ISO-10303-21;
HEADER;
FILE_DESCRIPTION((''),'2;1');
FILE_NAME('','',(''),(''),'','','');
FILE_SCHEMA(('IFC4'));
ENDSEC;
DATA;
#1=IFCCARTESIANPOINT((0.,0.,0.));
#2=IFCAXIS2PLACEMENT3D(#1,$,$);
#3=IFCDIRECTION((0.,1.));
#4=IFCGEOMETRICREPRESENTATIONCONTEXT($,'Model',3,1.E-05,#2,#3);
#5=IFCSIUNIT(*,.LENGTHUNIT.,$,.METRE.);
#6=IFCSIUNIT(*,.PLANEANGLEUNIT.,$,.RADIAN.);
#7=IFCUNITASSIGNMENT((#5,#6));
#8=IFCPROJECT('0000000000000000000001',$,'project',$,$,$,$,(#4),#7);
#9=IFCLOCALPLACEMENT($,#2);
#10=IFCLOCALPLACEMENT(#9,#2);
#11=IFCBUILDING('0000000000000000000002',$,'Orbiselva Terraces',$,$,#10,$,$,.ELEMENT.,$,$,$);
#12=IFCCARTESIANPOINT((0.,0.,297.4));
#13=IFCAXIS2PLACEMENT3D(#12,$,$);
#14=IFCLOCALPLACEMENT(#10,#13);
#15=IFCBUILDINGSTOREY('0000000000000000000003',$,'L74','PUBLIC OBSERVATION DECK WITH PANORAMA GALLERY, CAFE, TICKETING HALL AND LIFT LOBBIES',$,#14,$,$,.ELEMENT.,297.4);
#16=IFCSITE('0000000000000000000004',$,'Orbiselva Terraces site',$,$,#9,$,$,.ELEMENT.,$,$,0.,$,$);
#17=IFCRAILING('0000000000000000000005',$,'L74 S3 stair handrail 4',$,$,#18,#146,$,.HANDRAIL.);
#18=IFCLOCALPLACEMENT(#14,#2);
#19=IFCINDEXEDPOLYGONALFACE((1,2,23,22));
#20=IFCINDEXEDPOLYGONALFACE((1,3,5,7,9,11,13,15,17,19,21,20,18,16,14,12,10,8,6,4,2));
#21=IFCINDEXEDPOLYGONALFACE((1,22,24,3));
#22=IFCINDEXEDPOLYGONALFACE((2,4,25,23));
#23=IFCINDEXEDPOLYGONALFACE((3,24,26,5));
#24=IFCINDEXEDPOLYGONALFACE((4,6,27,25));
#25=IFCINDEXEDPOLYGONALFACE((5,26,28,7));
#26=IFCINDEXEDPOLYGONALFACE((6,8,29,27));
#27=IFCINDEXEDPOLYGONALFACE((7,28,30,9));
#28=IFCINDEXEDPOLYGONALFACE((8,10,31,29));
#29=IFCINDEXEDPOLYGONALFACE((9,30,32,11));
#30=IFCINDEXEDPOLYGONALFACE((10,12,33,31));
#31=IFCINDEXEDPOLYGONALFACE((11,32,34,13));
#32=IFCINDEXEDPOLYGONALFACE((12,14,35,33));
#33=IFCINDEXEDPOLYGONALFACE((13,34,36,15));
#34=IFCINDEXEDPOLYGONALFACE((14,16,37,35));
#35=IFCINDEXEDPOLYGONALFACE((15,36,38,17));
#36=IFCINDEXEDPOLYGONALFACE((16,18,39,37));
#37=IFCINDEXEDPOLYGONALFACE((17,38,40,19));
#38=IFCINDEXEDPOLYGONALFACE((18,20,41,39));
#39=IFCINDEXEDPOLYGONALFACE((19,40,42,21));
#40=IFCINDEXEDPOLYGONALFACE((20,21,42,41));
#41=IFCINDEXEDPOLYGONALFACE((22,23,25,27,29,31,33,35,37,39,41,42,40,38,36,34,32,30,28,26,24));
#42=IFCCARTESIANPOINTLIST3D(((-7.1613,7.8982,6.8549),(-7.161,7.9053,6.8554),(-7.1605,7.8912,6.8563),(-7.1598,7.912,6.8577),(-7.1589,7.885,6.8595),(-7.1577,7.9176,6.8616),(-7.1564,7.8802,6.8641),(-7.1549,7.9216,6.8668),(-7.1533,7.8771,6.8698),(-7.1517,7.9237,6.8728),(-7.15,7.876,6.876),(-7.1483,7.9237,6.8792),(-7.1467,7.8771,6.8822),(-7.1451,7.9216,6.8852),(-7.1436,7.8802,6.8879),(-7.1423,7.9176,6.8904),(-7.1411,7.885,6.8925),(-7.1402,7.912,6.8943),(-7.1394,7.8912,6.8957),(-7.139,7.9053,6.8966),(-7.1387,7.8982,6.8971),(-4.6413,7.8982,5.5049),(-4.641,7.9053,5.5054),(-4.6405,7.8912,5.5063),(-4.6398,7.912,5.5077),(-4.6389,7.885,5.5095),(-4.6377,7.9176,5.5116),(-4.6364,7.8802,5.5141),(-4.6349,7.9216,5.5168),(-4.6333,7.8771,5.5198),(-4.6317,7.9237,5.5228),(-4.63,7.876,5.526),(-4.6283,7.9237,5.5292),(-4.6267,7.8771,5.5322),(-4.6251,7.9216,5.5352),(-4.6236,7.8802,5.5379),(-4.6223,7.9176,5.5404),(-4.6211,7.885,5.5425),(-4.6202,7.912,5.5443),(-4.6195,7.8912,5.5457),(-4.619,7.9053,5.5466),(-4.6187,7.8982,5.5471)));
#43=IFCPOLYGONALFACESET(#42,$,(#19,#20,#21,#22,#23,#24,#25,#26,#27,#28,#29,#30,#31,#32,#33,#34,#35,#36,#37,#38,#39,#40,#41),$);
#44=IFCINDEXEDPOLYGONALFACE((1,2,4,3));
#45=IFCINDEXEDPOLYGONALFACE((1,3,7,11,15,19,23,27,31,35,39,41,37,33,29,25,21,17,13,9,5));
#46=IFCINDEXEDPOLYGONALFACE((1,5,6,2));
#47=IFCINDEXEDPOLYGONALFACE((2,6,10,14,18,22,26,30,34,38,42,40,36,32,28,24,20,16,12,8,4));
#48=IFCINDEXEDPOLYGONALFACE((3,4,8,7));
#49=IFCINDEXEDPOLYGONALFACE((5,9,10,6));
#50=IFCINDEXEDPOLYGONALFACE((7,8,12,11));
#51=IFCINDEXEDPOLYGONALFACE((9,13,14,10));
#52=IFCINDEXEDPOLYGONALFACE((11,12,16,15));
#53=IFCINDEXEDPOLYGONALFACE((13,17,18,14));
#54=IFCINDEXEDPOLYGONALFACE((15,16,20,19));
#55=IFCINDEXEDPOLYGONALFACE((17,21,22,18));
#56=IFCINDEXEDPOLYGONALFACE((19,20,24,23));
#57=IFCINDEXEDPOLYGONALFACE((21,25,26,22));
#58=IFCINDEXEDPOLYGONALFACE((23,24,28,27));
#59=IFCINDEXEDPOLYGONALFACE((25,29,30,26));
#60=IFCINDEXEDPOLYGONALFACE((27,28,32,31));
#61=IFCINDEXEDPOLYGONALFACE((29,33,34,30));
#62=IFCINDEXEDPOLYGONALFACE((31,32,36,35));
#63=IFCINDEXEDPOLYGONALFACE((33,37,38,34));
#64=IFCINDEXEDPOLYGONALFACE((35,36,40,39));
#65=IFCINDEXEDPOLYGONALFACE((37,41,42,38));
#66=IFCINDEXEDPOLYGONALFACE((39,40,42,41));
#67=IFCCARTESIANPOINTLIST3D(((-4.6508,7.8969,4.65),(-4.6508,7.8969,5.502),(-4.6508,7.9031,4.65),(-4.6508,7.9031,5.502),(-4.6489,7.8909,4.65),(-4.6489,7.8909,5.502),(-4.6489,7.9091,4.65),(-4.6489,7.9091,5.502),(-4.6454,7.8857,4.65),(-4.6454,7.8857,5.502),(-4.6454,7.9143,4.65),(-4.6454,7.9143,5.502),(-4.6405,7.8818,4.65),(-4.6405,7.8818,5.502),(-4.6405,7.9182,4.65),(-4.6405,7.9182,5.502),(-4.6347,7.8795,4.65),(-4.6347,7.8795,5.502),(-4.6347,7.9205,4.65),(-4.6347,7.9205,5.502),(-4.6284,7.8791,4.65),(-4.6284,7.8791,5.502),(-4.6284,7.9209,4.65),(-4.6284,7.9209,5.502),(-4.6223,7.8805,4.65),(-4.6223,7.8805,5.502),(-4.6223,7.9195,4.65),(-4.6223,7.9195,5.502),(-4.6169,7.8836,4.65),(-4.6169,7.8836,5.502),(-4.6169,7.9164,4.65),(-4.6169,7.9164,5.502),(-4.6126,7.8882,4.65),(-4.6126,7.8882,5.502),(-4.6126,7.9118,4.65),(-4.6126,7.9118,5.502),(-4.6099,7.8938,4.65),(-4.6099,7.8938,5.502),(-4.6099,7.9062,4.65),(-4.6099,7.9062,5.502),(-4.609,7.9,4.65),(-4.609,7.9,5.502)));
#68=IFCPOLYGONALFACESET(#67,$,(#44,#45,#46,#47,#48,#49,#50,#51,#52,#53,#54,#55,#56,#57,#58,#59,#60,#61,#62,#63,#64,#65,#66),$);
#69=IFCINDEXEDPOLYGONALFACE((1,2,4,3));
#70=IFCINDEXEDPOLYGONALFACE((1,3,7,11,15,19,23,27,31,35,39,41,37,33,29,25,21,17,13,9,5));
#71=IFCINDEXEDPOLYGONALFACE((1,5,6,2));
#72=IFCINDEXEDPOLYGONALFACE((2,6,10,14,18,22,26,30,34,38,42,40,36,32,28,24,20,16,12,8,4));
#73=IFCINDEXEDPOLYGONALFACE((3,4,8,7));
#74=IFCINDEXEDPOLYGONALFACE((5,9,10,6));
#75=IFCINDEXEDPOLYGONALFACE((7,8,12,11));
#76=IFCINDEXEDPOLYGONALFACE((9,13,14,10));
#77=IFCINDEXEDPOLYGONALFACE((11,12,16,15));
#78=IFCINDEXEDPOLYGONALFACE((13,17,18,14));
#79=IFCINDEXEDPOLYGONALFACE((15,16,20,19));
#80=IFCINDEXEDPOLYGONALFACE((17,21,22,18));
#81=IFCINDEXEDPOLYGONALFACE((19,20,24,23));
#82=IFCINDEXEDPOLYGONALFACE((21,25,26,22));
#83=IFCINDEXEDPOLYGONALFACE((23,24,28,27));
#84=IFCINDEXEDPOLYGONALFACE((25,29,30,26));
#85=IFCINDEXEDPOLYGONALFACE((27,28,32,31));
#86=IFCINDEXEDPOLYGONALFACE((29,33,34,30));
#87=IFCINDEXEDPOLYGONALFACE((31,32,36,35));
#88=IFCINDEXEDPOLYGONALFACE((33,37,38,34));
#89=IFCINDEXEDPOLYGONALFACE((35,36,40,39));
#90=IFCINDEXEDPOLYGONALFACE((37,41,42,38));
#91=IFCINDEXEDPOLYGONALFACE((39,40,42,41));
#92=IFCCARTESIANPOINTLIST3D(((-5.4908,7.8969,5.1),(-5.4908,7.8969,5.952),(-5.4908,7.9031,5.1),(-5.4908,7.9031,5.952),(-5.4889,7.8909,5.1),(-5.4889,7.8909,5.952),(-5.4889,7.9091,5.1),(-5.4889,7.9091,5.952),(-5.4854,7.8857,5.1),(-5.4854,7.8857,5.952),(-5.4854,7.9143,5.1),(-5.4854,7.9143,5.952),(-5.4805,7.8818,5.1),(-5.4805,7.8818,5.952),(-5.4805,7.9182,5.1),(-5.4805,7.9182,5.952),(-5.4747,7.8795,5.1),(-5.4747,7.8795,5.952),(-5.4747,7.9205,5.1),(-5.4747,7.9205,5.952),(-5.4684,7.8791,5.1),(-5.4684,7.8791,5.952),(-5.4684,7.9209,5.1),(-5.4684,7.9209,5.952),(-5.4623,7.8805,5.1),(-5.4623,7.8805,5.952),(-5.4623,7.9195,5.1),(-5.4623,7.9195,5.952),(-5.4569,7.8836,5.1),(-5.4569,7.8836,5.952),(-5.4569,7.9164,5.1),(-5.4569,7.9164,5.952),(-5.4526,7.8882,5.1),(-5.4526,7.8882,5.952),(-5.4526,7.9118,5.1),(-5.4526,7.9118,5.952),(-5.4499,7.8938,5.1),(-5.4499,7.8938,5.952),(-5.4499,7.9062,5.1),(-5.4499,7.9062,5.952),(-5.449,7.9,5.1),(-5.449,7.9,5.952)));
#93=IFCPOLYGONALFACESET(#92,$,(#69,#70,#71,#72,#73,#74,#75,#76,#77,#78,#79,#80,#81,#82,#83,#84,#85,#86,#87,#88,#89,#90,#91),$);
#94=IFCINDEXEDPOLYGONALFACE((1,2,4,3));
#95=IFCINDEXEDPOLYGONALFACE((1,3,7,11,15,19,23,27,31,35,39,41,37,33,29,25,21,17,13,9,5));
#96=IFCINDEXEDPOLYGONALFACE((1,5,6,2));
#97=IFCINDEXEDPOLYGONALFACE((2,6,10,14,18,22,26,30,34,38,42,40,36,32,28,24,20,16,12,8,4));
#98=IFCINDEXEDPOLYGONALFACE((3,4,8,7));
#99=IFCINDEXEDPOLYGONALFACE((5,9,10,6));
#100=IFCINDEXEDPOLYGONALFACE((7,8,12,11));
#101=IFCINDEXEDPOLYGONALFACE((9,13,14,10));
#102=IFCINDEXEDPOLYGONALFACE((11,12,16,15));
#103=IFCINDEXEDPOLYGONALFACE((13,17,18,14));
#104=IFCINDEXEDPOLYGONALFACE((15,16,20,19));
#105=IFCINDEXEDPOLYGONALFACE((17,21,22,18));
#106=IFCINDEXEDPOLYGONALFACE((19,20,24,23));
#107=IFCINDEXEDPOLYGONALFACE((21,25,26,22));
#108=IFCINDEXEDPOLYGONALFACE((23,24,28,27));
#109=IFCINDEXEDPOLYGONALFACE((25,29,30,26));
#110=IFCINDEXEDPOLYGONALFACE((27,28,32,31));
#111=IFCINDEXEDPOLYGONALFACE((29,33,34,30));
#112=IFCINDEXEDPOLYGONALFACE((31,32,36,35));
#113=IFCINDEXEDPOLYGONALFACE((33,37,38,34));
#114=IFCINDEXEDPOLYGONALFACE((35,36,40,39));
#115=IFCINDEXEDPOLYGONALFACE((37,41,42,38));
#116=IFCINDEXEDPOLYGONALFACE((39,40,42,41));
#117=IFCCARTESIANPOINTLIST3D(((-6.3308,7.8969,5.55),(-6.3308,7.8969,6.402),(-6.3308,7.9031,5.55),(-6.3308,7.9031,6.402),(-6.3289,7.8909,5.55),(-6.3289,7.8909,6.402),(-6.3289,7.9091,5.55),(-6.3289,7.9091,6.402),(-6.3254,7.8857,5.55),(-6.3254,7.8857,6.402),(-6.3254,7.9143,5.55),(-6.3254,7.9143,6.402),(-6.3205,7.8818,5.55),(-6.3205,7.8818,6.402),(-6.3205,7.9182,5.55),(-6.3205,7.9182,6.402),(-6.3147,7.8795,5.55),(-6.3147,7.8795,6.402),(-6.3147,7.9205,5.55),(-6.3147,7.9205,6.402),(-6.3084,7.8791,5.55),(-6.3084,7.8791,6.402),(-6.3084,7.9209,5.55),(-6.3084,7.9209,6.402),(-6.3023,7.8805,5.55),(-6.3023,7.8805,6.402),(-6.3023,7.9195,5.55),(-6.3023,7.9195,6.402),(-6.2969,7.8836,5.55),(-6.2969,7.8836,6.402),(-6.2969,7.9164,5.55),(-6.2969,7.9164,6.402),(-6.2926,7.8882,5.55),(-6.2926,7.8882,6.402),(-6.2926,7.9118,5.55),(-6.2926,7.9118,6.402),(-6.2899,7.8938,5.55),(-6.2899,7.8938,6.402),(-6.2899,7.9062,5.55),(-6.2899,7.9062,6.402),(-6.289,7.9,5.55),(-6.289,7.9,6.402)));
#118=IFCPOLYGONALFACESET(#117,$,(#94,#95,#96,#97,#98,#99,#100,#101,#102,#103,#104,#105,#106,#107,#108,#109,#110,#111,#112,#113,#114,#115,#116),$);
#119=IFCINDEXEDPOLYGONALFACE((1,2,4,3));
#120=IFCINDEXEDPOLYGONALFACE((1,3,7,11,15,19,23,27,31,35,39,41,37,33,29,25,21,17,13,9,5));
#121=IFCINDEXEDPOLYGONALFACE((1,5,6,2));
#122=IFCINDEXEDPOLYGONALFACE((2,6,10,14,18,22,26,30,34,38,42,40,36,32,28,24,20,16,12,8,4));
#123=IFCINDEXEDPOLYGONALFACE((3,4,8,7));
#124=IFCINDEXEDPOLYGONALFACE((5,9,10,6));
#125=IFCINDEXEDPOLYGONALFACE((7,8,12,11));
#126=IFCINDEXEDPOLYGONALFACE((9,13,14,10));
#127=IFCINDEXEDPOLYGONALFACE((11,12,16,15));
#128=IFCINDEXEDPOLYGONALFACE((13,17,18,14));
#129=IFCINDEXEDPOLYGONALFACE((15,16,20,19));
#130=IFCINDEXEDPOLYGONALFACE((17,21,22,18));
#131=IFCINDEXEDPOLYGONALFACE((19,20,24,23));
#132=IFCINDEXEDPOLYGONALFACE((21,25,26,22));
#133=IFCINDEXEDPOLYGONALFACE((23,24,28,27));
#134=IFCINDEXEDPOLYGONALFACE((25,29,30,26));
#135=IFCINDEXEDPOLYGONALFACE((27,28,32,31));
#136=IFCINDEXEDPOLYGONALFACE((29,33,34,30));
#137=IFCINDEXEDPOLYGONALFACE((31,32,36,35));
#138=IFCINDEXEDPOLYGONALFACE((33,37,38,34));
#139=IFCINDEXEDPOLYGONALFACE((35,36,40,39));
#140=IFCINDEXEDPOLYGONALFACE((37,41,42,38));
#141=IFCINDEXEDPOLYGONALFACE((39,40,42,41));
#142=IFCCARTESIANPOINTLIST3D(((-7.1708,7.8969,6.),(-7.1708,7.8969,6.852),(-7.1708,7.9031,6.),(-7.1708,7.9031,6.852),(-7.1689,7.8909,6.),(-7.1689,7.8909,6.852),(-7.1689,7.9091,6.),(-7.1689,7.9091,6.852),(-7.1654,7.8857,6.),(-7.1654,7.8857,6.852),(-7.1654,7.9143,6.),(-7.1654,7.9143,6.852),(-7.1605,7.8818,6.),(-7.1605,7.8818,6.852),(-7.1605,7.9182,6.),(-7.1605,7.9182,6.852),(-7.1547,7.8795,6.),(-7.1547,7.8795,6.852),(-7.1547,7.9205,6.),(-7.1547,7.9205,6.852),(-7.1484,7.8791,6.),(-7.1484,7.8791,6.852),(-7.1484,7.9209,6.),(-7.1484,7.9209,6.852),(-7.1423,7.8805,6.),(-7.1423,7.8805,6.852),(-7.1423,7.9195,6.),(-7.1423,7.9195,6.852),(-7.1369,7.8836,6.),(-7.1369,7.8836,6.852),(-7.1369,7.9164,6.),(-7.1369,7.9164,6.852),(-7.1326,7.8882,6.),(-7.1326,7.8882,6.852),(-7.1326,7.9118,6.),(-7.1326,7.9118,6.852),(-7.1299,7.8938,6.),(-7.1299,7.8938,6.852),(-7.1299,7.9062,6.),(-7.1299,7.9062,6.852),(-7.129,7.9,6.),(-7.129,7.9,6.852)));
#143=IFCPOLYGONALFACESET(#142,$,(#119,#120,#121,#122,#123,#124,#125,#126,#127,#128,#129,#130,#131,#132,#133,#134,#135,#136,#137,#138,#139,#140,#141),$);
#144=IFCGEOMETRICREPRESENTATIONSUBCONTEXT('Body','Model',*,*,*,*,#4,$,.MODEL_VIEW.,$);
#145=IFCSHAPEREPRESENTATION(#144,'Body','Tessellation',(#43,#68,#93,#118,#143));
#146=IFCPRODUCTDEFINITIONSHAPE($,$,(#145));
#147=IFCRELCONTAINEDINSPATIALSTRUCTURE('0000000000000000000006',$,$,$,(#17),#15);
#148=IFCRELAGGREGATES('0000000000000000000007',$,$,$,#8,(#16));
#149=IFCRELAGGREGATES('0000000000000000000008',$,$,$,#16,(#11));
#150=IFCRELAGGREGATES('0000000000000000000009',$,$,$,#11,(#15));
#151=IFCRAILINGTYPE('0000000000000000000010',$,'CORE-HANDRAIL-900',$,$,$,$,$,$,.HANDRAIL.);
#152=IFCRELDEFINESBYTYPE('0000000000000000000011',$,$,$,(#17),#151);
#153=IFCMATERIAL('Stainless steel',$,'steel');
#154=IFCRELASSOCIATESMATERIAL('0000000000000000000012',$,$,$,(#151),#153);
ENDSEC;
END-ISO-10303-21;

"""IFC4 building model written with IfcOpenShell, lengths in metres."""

from ifc_helpers import new_model, si_unit, direction, frame, origin, origin_2d, place, context, subcontext, project, spatial, circle, extrude, material, type_object, element, save


model = new_model("IFC4")

# Units and contexts
model_context = context("Model", 3, precision=1e-05, world=origin(), true_north=direction((0.0, 1.0)))
body_context = subcontext(model_context, "Body", "Model", "MODEL_VIEW")
ifc_project = project(units=[si_unit("LENGTHUNIT", "METRE"), si_unit("PLANEANGLEUNIT", "RADIAN")], contexts=[model_context])

# Site, building, storey
site_placement = place(None, origin())
site = spatial("IfcSite", under=ifc_project, at=site_placement, Name="Orbiselva Terraces site", CompositionType="ELEMENT", RefElevation=0.0)
building_placement = place(site_placement, origin())
building = spatial("IfcBuilding", under=site, at=building_placement, Name="Orbiselva Terraces", CompositionType="ELEMENT")
storey_placement = place(building_placement, frame((0.0, 0.0, 297.4)))
storey = spatial("IfcBuildingStorey", under=building, at=storey_placement, Name="L74", Description="PUBLIC OBSERVATION DECK WITH PANORAMA GALLERY, CAFE, TICKETING HALL AND LIFT LOBBIES", CompositionType="ELEMENT", Elevation=297.4)

# Railing
ifc_material_1 = material(Name="Stainless steel", Category="steel")
railing_type_1 = type_object("IfcRailingType", Name="CORE-HANDRAIL-900", PredefinedType="HANDRAIL", material=ifc_material_1)
railing_1_placement = place(storey_placement, frame((-4.63, 7.9, 4.65)))
element("IfcRailing", 1, at=railing_1_placement, inside=storey, type_object=railing_type_1, Name="L74 S3 stair handrail 4", PredefinedType="HANDRAIL", context=body_context, shape_type="SweptSolid", body=[
    extrude(circle(Radius=0.024, at=origin_2d()), frame((0.0, 0.0, 0.876), z_axis=(-0.88148, 0.0, 0.472221), x_axis=(0.0, -1.0, 0.0)), (0.0, 0.0, 1.0), 2.8588),
    extrude(circle(Radius=0.021, at=origin_2d()), origin(), (0.0, 0.0, 1.0), 0.852),
    extrude(circle(Radius=0.021, at=origin_2d()), frame((-0.84, 0.0, 0.45)), (0.0, 0.0, 1.0), 0.852),
    extrude(circle(Radius=0.021, at=origin_2d()), frame((-1.68, 0.0, 0.9)), (0.0, 0.0, 1.0), 0.852),
    extrude(circle(Radius=0.021, at=origin_2d()), frame((-2.52, 0.0, 1.35)), (0.0, 0.0, 1.0), 0.852),
])

save(model, "model.ifc")
